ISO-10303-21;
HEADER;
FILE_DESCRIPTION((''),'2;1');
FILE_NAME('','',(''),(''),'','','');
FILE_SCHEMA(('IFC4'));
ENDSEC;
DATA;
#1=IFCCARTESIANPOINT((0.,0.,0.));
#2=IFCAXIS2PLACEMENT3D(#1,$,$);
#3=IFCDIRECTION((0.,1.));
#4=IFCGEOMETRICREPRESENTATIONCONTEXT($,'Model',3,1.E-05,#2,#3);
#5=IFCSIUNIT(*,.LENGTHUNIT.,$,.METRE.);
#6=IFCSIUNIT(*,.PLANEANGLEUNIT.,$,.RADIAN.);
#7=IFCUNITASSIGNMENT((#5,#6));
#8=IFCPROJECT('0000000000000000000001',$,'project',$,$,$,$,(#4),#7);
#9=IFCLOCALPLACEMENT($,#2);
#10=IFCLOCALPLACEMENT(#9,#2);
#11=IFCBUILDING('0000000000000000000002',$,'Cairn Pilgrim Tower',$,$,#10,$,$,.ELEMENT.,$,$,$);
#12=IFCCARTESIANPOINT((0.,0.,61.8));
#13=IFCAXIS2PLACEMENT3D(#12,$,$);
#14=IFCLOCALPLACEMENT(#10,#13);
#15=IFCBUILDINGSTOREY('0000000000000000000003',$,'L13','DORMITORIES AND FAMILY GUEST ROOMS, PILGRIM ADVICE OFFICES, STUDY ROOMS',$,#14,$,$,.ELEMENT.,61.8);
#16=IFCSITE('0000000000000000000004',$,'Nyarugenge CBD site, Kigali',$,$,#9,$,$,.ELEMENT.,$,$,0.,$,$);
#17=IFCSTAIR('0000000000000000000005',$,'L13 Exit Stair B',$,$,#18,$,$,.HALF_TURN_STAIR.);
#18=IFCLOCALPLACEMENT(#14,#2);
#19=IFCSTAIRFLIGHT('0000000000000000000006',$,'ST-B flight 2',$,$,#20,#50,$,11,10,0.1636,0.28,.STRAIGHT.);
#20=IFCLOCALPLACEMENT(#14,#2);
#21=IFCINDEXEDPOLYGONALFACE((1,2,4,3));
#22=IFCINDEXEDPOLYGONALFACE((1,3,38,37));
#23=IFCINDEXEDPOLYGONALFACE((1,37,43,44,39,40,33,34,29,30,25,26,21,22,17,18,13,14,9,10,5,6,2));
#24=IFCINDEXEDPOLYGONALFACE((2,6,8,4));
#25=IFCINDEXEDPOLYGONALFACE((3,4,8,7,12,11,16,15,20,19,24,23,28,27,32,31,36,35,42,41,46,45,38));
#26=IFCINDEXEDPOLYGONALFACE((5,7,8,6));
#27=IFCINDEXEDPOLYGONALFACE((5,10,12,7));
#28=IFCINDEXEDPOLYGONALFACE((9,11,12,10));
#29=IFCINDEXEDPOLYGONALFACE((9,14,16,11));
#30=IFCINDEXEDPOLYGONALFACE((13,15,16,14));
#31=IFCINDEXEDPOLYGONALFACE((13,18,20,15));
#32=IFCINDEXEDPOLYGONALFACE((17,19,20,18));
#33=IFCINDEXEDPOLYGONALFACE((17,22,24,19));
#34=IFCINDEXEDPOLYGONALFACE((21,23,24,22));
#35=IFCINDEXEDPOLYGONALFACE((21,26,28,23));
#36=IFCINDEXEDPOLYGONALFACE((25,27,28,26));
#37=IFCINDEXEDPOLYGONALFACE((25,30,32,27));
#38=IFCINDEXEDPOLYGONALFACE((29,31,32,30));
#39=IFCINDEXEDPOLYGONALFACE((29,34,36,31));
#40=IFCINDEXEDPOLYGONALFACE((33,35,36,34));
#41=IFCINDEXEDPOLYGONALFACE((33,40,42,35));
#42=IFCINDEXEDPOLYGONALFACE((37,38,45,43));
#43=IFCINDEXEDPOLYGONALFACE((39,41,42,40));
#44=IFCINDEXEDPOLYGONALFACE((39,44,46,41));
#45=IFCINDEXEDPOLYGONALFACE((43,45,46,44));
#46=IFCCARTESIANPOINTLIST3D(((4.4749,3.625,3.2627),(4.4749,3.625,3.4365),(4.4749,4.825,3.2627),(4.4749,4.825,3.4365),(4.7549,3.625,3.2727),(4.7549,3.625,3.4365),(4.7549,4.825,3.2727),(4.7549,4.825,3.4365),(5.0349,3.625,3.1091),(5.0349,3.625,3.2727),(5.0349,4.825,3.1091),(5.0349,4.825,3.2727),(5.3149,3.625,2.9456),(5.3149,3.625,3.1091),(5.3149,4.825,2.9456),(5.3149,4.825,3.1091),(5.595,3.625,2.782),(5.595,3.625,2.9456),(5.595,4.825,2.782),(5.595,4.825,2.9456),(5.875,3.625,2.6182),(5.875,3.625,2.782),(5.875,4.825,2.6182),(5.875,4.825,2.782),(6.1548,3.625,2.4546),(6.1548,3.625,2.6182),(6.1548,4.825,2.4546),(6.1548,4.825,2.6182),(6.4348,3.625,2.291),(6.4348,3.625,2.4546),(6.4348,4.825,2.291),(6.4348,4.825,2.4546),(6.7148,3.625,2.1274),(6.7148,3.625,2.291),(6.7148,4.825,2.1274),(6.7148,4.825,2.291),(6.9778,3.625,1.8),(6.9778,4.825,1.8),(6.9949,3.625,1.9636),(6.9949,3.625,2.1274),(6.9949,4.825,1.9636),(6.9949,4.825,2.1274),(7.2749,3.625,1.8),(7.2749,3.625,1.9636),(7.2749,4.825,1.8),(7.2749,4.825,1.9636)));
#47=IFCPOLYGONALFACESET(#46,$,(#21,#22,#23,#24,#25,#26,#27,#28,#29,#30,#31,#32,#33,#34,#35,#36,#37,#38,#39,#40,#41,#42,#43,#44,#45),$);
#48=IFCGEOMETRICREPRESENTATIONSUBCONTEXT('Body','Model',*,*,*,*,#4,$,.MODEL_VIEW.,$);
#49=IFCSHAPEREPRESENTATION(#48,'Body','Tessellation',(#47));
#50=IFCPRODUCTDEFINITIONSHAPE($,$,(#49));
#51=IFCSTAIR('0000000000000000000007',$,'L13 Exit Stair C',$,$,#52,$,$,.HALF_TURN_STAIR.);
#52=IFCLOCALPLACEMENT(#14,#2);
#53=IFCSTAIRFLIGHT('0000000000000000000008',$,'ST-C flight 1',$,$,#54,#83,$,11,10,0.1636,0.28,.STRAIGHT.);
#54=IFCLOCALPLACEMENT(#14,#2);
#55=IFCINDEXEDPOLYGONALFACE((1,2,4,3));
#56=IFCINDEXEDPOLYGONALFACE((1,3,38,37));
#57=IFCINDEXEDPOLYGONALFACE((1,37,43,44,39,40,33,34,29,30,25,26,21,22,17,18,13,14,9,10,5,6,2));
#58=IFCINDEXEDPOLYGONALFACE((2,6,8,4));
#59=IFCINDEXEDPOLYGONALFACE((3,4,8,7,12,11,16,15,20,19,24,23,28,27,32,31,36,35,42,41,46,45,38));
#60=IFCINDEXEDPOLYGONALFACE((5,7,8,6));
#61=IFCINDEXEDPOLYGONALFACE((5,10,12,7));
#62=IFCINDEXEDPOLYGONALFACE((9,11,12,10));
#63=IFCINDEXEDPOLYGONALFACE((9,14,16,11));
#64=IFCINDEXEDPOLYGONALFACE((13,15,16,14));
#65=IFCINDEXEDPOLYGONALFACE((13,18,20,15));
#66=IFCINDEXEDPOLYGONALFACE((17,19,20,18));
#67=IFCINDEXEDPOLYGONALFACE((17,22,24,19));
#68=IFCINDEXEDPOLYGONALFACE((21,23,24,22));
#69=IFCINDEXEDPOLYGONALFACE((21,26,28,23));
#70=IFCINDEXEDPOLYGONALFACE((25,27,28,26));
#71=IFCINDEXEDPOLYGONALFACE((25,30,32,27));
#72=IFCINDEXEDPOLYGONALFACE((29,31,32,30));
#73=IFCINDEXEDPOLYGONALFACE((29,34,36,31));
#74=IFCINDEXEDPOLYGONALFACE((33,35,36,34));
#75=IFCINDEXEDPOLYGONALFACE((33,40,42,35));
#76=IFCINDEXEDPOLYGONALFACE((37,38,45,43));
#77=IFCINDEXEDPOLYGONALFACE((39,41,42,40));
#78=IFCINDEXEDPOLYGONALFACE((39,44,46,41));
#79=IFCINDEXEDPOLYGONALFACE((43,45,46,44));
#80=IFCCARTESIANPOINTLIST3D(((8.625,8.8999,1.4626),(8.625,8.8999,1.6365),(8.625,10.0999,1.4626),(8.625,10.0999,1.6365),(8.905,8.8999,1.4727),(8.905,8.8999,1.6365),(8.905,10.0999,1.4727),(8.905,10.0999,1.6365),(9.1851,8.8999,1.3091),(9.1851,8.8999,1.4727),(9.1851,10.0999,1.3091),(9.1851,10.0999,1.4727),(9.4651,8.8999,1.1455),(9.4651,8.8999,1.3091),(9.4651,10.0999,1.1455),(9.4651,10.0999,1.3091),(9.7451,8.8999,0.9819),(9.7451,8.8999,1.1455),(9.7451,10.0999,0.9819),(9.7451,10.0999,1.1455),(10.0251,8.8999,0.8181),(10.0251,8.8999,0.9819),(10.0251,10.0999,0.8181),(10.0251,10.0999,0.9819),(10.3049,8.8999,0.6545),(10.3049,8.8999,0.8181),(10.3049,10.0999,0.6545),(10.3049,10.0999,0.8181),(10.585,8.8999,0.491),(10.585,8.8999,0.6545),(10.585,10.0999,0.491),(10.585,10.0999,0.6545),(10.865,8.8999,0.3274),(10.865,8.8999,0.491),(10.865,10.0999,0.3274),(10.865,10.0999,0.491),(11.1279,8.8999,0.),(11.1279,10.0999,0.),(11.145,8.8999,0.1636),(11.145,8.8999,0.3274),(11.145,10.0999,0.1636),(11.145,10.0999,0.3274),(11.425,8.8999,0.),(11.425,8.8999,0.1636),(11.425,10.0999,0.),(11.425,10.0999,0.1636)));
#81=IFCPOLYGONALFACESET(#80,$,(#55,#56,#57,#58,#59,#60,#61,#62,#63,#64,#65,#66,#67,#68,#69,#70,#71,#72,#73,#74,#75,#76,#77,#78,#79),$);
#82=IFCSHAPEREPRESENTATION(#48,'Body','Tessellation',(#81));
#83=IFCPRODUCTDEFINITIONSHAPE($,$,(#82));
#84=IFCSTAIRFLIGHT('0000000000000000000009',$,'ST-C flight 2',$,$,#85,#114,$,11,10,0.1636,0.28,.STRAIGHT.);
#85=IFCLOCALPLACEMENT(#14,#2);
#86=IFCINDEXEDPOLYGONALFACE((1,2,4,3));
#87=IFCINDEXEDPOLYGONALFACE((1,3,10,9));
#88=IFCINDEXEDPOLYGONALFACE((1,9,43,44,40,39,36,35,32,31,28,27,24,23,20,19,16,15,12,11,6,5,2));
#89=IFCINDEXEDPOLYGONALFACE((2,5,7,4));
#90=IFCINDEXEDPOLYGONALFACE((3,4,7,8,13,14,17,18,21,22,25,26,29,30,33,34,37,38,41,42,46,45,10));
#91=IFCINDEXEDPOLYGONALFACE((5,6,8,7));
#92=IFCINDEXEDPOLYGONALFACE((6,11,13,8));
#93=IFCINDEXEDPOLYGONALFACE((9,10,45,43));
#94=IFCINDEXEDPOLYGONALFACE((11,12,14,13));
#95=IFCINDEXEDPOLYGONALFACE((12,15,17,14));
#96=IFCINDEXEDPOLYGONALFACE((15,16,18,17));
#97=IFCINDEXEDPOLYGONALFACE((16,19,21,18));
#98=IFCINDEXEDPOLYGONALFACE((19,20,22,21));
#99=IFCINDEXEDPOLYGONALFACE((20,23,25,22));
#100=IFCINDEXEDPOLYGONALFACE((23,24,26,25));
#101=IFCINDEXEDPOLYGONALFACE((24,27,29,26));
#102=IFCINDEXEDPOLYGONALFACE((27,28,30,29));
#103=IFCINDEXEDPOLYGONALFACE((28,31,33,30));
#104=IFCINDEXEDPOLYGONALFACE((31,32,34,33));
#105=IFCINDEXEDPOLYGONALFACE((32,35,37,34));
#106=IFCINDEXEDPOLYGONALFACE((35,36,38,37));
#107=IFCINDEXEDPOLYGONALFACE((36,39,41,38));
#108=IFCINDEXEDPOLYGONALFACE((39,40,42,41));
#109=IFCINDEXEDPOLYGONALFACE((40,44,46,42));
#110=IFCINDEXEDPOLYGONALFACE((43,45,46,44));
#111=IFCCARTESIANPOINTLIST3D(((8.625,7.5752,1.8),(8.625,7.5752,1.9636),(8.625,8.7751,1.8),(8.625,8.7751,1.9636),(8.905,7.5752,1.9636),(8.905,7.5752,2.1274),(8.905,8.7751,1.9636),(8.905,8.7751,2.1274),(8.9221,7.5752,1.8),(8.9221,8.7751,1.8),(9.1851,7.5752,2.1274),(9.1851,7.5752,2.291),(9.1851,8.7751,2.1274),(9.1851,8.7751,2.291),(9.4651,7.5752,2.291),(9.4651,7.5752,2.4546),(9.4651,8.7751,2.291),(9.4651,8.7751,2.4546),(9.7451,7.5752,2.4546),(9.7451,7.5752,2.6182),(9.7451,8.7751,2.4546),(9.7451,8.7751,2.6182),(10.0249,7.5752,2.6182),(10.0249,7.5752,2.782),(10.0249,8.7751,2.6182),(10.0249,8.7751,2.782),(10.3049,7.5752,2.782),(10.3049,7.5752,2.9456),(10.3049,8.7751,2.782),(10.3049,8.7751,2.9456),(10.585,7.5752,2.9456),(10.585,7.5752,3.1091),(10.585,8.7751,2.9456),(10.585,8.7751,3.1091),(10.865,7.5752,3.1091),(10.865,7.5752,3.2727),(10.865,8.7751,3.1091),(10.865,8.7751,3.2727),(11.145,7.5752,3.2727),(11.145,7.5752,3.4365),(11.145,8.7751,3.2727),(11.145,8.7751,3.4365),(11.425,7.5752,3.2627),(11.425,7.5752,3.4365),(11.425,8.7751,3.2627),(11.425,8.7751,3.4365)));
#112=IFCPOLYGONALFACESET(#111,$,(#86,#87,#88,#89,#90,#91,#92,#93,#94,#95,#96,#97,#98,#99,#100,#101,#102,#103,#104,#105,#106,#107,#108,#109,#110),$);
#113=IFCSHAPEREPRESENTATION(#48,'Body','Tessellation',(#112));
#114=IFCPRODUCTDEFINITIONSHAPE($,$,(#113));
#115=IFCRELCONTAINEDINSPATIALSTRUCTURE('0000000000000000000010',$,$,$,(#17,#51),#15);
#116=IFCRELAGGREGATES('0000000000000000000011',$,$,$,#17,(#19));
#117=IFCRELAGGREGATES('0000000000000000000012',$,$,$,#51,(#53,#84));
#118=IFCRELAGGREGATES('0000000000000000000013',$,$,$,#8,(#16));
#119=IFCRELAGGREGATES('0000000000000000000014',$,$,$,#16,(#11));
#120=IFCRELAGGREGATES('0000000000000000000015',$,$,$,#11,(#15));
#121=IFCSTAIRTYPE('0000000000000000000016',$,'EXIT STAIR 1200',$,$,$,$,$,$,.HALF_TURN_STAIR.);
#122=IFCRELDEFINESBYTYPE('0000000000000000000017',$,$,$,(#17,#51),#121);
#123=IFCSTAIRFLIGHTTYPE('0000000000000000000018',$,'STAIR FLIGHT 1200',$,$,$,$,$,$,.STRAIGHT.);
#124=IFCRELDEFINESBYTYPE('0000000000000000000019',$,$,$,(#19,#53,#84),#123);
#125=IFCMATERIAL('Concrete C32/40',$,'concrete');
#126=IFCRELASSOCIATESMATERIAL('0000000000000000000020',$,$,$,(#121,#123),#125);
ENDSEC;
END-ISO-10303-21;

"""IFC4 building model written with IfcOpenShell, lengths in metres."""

from ifc_helpers import new_model, si_unit, direction, frame, origin, place, context, subcontext, project, spatial, polyline, outline, extrude, material, type_object, element, aggregate, save


model = new_model("IFC4")

# Units and contexts
model_context = context("Model", 3, precision=1e-05, world=origin(), true_north=direction((0.0, 1.0)))
body_context = subcontext(model_context, "Body", "Model", "MODEL_VIEW")
ifc_project = project(units=[si_unit("LENGTHUNIT", "METRE"), si_unit("PLANEANGLEUNIT", "RADIAN")], contexts=[model_context])

# Site, building, storey
site_placement = place(None, origin())
site = spatial("IfcSite", under=ifc_project, at=site_placement, Name="Nyarugenge CBD site, Kigali", CompositionType="ELEMENT", RefElevation=0.0)
building_placement = place(site_placement, origin())
building = spatial("IfcBuilding", under=site, at=building_placement, Name="Cairn Pilgrim Tower", CompositionType="ELEMENT")
storey_placement = place(building_placement, frame((0.0, 0.0, 61.8)))
storey = spatial("IfcBuildingStorey", under=building, at=storey_placement, Name="L13", Description="DORMITORIES AND FAMILY GUEST ROOMS, PILGRIM ADVICE OFFICES, STUDY ROOMS", CompositionType="ELEMENT", Elevation=61.8)

# Shared definitions
ifc_material_1 = material(Name="Concrete C32/40", Category="concrete")

# Stairs, stair flights
stair_type = type_object("IfcStairType", Name="EXIT STAIR 1200", PredefinedType="HALF_TURN_STAIR", material=ifc_material_1)
stair_1_placement = place(storey_placement, origin())
stair_1 = element("IfcStair", 1, at=stair_1_placement, inside=storey, type_object=stair_type, Name="L13 Exit Stair B", PredefinedType="HALF_TURN_STAIR")
stair_flight_type = type_object("IfcStairFlightType", Name="STAIR FLIGHT 1200", PredefinedType="STRAIGHT", material=ifc_material_1)
stair_flight_1_placement = place(storey_placement, frame((7.2749, 4.2251, 1.8), z_axis=(0.0, 0.0, 1.0), x_axis=(-1.0, 0.0, 0.0)))
stair_flight_1 = element("IfcStairFlight", 2, at=stair_flight_1_placement, type_object=stair_flight_type, Name="ST-B flight 2", NumberOfRisers=11, NumberOfTreads=10, PredefinedType="STRAIGHT", RiserHeight=0.1636, TreadLength=0.28, context=body_context, shape_type="SweptSolid", body=[
    extrude(outline(polyline([(0.0, 0.0), (0.0, 0.1636), (0.28, 0.1636), (0.28, 0.3274), (0.5601, 0.3274), (0.5601, 0.491), (0.8401, 0.491), (0.8401, 0.6545), (1.1201, 0.6545), (1.1201, 0.8181), (1.3999, 0.8181), (1.3999, 0.9819), (1.6799, 0.9819), (1.6799, 1.1455), (1.96, 1.1455), (1.96, 1.3091), (2.24, 1.3091), (2.24, 1.4727), (2.52, 1.4727), (2.52, 1.6365), (2.8, 1.6365), (2.8, 1.8), (2.8, 1.4626), (0.2971, 0.0), (0.0, 0.0)])), frame((0.0, 0.6001, 0.0), z_axis=(0.0, -1.0, 0.0), x_axis=(1.0, 0.0, 0.0)), (0.0, 0.0, 1.0), 1.2),
])
aggregate(stair_1, [stair_flight_1])
stair_2_placement = place(storey_placement, origin())
stair_2 = element("IfcStair", 3, at=stair_2_placement, inside=storey, type_object=stair_type, Name="L13 Exit Stair C", PredefinedType="HALF_TURN_STAIR")
stair_flight_2_placement = place(storey_placement, frame((11.425, 9.5, 0.0), z_axis=(0.0, 0.0, 1.0), x_axis=(-1.0, 0.0, 0.0)))
stair_flight_2 = element("IfcStairFlight", 4, at=stair_flight_2_placement, type_object=stair_flight_type, Name="ST-C flight 1", NumberOfRisers=11, NumberOfTreads=10, PredefinedType="STRAIGHT", RiserHeight=0.1636, TreadLength=0.28, context=body_context, shape_type="SweptSolid", body=[
    extrude(outline(polyline([(0.0, 0.0), (0.0, 0.1636), (0.28, 0.1636), (0.28, 0.3274), (0.5601, 0.3274), (0.5601, 0.491), (0.8401, 0.491), (0.8401, 0.6545), (1.1201, 0.6545), (1.1201, 0.8181), (1.3999, 0.8181), (1.3999, 0.9819), (1.6799, 0.9819), (1.6799, 1.1455), (1.96, 1.1455), (1.96, 1.3091), (2.24, 1.3091), (2.24, 1.4727), (2.52, 1.4727), (2.52, 1.6365), (2.8, 1.6365), (2.8, 1.8), (2.8, 1.4626), (0.2971, 0.0), (0.0, 0.0)])), frame((0.0, 0.6001, 0.0), z_axis=(0.0, -1.0, 0.0), x_axis=(1.0, 0.0, 0.0)), (0.0, 0.0, 1.0), 1.2),
])
stair_flight_3_placement = place(storey_placement, frame((8.625, 8.175, 1.8), z_axis=(0.0, 0.0, 1.0), x_axis=(1.0, 0.0, 0.0)))
stair_flight_3 = element("IfcStairFlight", 5, at=stair_flight_3_placement, type_object=stair_flight_type, Name="ST-C flight 2", NumberOfRisers=11, NumberOfTreads=10, PredefinedType="STRAIGHT", RiserHeight=0.1636, TreadLength=0.28, context=body_context, shape_type="SweptSolid", body=[
    extrude(outline(polyline([(0.0, 0.0), (0.0, 0.1636), (0.28, 0.1636), (0.28, 0.3274), (0.5601, 0.3274), (0.5601, 0.491), (0.8401, 0.491), (0.8401, 0.6545), (1.1201, 0.6545), (1.1201, 0.8181), (1.3999, 0.8181), (1.3999, 0.9819), (1.6799, 0.9819), (1.6799, 1.1455), (1.96, 1.1455), (1.96, 1.3091), (2.24, 1.3091), (2.24, 1.4727), (2.52, 1.4727), (2.52, 1.6365), (2.8, 1.6365), (2.8, 1.8), (2.8, 1.4626), (0.2971, 0.0), (0.0, 0.0)])), frame((0.0, 0.6001, 0.0), z_axis=(0.0, -1.0, 0.0), x_axis=(1.0, 0.0, 0.0)), (0.0, 0.0, 1.0), 1.2),
])
aggregate(stair_2, [stair_flight_2, stair_flight_3])

save(model, "model.ifc")
